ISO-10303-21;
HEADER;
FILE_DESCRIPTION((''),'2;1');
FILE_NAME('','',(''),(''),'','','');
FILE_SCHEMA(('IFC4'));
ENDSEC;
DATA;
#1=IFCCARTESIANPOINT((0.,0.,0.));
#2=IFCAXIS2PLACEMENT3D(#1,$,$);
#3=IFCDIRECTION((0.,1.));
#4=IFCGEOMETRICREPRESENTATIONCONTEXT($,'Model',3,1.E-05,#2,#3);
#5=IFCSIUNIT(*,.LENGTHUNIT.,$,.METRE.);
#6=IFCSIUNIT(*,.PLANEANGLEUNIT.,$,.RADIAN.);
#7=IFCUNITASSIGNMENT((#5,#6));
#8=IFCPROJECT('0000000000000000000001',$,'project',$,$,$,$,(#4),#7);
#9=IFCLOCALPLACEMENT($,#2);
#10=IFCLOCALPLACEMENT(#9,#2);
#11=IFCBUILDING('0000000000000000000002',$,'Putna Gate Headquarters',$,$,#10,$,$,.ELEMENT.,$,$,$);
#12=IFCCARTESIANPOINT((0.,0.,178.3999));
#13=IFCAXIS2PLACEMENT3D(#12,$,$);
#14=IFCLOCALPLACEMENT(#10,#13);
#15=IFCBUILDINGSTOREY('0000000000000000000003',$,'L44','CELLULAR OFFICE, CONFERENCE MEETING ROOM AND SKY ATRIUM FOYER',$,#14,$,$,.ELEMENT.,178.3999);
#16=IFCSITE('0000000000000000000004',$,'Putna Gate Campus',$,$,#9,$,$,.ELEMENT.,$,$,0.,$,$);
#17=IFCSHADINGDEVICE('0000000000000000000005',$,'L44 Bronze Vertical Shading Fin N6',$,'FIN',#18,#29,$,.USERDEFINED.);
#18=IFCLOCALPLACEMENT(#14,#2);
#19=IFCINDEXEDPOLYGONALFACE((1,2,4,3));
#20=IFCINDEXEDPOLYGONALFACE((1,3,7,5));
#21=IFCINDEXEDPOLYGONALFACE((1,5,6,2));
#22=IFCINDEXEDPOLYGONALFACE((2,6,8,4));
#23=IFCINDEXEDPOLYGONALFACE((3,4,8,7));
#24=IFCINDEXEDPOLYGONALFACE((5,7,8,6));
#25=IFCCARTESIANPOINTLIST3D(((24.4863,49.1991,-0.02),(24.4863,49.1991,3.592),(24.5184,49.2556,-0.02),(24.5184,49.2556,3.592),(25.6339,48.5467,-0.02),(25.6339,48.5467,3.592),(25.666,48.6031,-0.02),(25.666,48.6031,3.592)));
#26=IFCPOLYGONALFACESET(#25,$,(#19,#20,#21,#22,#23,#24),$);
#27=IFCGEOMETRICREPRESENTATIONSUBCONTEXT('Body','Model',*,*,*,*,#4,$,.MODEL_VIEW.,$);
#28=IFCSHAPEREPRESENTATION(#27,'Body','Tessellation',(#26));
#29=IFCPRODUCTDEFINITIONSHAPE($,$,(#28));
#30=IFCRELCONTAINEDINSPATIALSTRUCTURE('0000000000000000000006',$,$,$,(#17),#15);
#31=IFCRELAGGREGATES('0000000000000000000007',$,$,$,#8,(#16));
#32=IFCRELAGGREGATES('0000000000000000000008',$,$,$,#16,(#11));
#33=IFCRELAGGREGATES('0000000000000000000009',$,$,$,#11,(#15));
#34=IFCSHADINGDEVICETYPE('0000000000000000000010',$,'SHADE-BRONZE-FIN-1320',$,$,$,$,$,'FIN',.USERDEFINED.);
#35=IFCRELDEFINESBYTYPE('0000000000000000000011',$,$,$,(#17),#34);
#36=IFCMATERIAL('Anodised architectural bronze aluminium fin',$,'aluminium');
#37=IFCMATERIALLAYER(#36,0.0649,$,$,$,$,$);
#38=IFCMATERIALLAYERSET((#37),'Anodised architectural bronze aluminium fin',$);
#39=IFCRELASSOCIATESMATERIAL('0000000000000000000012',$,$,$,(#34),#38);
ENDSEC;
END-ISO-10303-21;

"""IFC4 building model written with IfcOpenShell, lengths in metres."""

from ifc_helpers import new_model, si_unit, direction, frame, origin, origin_2d, place, context, subcontext, project, spatial, rectangle, extrude, material, layer, layer_set, type_object, element, save


model = new_model("IFC4")

# Units and contexts
model_context = context("Model", 3, precision=1e-05, world=origin(), true_north=direction((0.0, 1.0)))
body_context = subcontext(model_context, "Body", "Model", "MODEL_VIEW")
ifc_project = project(units=[si_unit("LENGTHUNIT", "METRE"), si_unit("PLANEANGLEUNIT", "RADIAN")], contexts=[model_context])

# Site, building, storey
site_placement = place(None, origin())
site = spatial("IfcSite", under=ifc_project, at=site_placement, Name="Putna Gate Campus", CompositionType="ELEMENT", RefElevation=0.0)
building_placement = place(site_placement, origin())
building = spatial("IfcBuilding", under=site, at=building_placement, Name="Putna Gate Headquarters", CompositionType="ELEMENT")
storey_placement = place(building_placement, frame((0.0, 0.0, 178.3999)))
storey = spatial("IfcBuildingStorey", under=building, at=storey_placement, Name="L44", Description="CELLULAR OFFICE, CONFERENCE MEETING ROOM AND SKY ATRIUM FOYER", CompositionType="ELEMENT", Elevation=178.3999)

# Shading device
ifc_material_1 = material(Name="Anodised architectural bronze aluminium fin", Category="aluminium")
ifc_layer_1 = layer(ifc_material_1, 0.0649)
ifc_layer_set_1 = layer_set([ifc_layer_1], Name="Anodised architectural bronze aluminium fin")
shading_device_type = type_object("IfcShadingDeviceType", Name="SHADE-BRONZE-FIN-1320", ElementType="FIN", PredefinedType="USERDEFINED", material=ifc_layer_set_1)
for number, where, z_axis, x_axis, name in (
    (1, (25.0762, 48.9011, -0.02), (0.0, 0.0, 1.0), (-0.869322, 0.494245, 0.0), "L44 Bronze Vertical Shading Fin N6"),
):
    element("IfcShadingDevice", number, at=place(storey_placement, frame(where, z_axis=z_axis, x_axis=x_axis)), inside=storey, type_object=shading_device_type, Name=name, ObjectType="FIN", PredefinedType="USERDEFINED", context=body_context, shape_type="SweptSolid", body=[
        extrude(rectangle(XDim=1.3201, YDim=0.0649, at=origin_2d()), origin(), (0.0, 0.0, 1.0), 3.6121),
    ])

save(model, "model.ifc")
